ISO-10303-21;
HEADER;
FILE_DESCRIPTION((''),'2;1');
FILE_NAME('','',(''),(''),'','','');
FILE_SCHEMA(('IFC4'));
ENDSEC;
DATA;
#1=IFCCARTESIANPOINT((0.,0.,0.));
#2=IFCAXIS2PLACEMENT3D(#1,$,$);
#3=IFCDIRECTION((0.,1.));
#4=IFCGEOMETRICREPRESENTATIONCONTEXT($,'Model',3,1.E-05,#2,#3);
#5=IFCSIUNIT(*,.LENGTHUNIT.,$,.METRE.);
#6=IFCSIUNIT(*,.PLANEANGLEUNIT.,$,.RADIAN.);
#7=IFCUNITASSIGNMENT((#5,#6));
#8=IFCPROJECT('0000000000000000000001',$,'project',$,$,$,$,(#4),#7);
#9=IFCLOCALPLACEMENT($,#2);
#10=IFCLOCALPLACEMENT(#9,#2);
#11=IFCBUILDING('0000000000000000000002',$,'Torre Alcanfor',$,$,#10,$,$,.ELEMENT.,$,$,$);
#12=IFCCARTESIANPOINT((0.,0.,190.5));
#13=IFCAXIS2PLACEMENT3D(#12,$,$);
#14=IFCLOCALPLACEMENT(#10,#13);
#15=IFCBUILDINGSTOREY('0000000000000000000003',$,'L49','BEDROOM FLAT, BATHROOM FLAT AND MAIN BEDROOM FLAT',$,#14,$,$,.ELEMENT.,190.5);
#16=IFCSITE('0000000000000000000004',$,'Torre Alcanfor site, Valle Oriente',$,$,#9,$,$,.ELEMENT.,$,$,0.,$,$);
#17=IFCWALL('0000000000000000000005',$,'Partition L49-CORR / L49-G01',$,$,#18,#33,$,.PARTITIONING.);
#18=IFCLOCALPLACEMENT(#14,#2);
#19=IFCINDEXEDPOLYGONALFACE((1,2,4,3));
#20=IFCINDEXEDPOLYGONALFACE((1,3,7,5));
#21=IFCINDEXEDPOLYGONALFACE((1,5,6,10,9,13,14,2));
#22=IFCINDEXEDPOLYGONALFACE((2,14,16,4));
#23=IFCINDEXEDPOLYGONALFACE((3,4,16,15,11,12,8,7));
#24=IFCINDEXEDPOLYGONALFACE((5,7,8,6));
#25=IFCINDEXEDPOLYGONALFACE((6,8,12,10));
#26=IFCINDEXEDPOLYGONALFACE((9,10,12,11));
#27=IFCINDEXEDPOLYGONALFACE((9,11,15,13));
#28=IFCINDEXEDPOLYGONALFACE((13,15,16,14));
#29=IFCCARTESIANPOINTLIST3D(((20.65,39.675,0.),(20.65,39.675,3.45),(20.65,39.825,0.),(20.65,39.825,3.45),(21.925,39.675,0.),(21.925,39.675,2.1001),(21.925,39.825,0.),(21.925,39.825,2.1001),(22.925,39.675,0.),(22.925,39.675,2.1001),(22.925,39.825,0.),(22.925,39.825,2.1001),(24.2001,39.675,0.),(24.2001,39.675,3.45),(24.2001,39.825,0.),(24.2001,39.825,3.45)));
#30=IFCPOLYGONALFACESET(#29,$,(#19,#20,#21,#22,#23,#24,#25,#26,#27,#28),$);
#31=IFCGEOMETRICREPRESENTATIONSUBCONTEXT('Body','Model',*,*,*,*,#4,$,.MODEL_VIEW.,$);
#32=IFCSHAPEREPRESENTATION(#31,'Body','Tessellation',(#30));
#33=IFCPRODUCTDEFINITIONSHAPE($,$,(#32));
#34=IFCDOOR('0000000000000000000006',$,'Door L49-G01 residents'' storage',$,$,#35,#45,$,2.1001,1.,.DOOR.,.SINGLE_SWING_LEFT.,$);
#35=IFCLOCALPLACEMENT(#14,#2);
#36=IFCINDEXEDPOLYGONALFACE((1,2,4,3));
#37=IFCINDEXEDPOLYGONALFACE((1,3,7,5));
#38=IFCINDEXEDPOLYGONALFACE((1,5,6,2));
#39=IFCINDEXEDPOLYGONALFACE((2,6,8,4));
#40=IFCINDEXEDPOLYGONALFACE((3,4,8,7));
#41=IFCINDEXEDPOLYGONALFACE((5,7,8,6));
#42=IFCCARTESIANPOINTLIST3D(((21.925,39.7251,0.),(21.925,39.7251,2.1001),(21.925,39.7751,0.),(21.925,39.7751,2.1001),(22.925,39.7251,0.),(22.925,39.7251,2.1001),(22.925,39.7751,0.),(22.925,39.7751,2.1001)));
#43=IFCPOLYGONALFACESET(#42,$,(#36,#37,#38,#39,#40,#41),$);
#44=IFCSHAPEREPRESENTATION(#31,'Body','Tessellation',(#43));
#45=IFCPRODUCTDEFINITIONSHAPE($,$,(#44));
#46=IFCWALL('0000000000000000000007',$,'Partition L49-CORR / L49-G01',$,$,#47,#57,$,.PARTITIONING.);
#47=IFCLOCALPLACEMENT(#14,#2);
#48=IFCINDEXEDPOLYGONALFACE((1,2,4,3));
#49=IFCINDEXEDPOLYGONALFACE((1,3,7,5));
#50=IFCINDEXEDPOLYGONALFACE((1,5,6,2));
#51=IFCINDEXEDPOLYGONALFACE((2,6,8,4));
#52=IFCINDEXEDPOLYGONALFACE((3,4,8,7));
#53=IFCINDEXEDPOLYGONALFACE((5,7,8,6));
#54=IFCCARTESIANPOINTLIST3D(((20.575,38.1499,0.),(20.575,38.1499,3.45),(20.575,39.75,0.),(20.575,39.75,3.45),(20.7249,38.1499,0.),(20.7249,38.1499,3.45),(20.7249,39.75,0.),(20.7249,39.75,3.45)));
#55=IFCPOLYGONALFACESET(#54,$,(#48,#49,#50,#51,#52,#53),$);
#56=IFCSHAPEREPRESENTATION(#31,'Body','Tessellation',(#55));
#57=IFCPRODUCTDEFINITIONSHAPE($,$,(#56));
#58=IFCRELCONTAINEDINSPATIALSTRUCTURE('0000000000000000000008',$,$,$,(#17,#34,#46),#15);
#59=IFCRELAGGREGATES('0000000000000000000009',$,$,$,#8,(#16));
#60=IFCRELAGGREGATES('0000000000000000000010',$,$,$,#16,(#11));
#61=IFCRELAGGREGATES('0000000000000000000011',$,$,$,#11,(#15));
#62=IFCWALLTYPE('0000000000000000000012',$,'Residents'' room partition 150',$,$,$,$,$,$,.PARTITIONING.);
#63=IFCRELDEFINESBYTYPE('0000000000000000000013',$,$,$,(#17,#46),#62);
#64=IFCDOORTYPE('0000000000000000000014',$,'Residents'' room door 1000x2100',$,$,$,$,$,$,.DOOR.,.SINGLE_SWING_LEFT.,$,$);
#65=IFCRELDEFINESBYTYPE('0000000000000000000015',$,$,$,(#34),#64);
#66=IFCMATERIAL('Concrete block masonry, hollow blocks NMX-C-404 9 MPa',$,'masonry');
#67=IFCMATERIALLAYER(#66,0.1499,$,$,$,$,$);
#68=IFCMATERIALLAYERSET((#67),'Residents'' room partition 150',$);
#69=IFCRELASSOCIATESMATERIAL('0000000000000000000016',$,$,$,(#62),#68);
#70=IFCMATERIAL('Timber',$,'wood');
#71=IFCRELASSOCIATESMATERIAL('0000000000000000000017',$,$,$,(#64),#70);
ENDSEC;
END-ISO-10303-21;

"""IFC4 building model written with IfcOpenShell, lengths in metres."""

from ifc_helpers import new_model, si_unit, direction, frame, frame_2d, origin, place, context, subcontext, project, spatial, rectangle, extrude, material, layer, layer_set, type_object, element, fill, save


model = new_model("IFC4")

# Units and contexts
model_context = context("Model", 3, precision=1e-05, world=origin(), true_north=direction((0.0, 1.0)))
body_context = subcontext(model_context, "Body", "Model", "MODEL_VIEW")
ifc_project = project(units=[si_unit("LENGTHUNIT", "METRE"), si_unit("PLANEANGLEUNIT", "RADIAN")], contexts=[model_context])

# Site, building, storey
site_placement = place(None, origin())
site = spatial("IfcSite", under=ifc_project, at=site_placement, Name="Torre Alcanfor site, Valle Oriente", CompositionType="ELEMENT", RefElevation=0.0)
building_placement = place(site_placement, origin())
building = spatial("IfcBuilding", under=site, at=building_placement, Name="Torre Alcanfor", CompositionType="ELEMENT")
storey_placement = place(building_placement, frame((0.0, 0.0, 190.5)))
storey = spatial("IfcBuildingStorey", under=building, at=storey_placement, Name="L49", Description="BEDROOM FLAT, BATHROOM FLAT AND MAIN BEDROOM FLAT", CompositionType="ELEMENT", Elevation=190.5)

# Shared definitions
ifc_material_1 = material(Name="Concrete block masonry, hollow blocks NMX-C-404 9 MPa", Category="masonry")
ifc_layer_1 = layer(ifc_material_1, 0.1499)
ifc_layer_set_1 = layer_set([ifc_layer_1], Name="Residents' room partition 150")
wall_type_1 = type_object("IfcWallType", Name="Residents' room partition 150", PredefinedType="PARTITIONING", material=ifc_layer_set_1)

# Wall, opening, door
wall_1_placement = place(storey_placement, frame((24.2, 39.75, 0.0), z_axis=(0.0, 0.0, 1.0), x_axis=(-1.0, 0.0, 0.0)))
wall_1 = element("IfcWall", 1, at=wall_1_placement, inside=storey, type_object=wall_type_1, Name="Partition L49-CORR / L49-G01", PredefinedType="PARTITIONING", context=body_context, shape_type="SweptSolid", body=[
    extrude(rectangle(XDim=3.55, YDim=0.1499, at=frame_2d((1.7749, 0.0))), origin(), (0.0, 0.0, 1.0), 3.45),
])
opening_1_placement = place(wall_1_placement, frame((1.2749, 0.0, 0.0)))
opening_1 = element("IfcOpeningElement", 2, at=opening_1_placement, cuts=wall_1, PredefinedType="OPENING", context=body_context, shape_type="SweptSolid", body=[
    extrude(rectangle(XDim=1.0, YDim=2.1001, at=frame_2d((0.5, 1.05))), frame((0.0, 0.085, 0.0), z_axis=(0.0, -1.0, 0.0), x_axis=(1.0, 0.0, 0.0)), (0.0, 0.0, 1.0), 0.1699),
])
ifc_material_2 = material(Name="Timber", Category="wood")
door_type_1 = type_object("IfcDoorType", Name="Residents' room door 1000x2100", OperationType="SINGLE_SWING_LEFT", PredefinedType="DOOR", material=ifc_material_2)
door_1_placement = place(opening_1_placement, origin())
door_1 = element("IfcDoor", 3, at=door_1_placement, inside=storey, type_object=door_type_1, Name="Door L49-G01 residents' storage", OperationType="SINGLE_SWING_LEFT", OverallHeight=2.1001, OverallWidth=1.0, PredefinedType="DOOR", context=body_context, shape_type="SweptSolid", body=[
    extrude(rectangle(XDim=1.0, YDim=2.1001, at=frame_2d((0.5, 1.05))), frame((0.0, 0.0249, 0.0), z_axis=(0.0, -1.0, 0.0), x_axis=(1.0, 0.0, 0.0)), (0.0, 0.0, 1.0), 0.05),
])
fill(opening_1, door_1)

# Wall
wall_2_placement = place(storey_placement, frame((20.6499, 39.75, 0.0), z_axis=(0.0, 0.0, 1.0), x_axis=(0.0, -1.0, 0.0)))
element("IfcWall", 4, at=wall_2_placement, inside=storey, type_object=wall_type_1, Name="Partition L49-CORR / L49-G01", PredefinedType="PARTITIONING", context=body_context, shape_type="SweptSolid", body=[
    extrude(rectangle(XDim=1.6001, YDim=0.1499, at=frame_2d((0.8, 0.0))), origin(), (0.0, 0.0, 1.0), 3.45),
])

save(model, "model.ifc")
